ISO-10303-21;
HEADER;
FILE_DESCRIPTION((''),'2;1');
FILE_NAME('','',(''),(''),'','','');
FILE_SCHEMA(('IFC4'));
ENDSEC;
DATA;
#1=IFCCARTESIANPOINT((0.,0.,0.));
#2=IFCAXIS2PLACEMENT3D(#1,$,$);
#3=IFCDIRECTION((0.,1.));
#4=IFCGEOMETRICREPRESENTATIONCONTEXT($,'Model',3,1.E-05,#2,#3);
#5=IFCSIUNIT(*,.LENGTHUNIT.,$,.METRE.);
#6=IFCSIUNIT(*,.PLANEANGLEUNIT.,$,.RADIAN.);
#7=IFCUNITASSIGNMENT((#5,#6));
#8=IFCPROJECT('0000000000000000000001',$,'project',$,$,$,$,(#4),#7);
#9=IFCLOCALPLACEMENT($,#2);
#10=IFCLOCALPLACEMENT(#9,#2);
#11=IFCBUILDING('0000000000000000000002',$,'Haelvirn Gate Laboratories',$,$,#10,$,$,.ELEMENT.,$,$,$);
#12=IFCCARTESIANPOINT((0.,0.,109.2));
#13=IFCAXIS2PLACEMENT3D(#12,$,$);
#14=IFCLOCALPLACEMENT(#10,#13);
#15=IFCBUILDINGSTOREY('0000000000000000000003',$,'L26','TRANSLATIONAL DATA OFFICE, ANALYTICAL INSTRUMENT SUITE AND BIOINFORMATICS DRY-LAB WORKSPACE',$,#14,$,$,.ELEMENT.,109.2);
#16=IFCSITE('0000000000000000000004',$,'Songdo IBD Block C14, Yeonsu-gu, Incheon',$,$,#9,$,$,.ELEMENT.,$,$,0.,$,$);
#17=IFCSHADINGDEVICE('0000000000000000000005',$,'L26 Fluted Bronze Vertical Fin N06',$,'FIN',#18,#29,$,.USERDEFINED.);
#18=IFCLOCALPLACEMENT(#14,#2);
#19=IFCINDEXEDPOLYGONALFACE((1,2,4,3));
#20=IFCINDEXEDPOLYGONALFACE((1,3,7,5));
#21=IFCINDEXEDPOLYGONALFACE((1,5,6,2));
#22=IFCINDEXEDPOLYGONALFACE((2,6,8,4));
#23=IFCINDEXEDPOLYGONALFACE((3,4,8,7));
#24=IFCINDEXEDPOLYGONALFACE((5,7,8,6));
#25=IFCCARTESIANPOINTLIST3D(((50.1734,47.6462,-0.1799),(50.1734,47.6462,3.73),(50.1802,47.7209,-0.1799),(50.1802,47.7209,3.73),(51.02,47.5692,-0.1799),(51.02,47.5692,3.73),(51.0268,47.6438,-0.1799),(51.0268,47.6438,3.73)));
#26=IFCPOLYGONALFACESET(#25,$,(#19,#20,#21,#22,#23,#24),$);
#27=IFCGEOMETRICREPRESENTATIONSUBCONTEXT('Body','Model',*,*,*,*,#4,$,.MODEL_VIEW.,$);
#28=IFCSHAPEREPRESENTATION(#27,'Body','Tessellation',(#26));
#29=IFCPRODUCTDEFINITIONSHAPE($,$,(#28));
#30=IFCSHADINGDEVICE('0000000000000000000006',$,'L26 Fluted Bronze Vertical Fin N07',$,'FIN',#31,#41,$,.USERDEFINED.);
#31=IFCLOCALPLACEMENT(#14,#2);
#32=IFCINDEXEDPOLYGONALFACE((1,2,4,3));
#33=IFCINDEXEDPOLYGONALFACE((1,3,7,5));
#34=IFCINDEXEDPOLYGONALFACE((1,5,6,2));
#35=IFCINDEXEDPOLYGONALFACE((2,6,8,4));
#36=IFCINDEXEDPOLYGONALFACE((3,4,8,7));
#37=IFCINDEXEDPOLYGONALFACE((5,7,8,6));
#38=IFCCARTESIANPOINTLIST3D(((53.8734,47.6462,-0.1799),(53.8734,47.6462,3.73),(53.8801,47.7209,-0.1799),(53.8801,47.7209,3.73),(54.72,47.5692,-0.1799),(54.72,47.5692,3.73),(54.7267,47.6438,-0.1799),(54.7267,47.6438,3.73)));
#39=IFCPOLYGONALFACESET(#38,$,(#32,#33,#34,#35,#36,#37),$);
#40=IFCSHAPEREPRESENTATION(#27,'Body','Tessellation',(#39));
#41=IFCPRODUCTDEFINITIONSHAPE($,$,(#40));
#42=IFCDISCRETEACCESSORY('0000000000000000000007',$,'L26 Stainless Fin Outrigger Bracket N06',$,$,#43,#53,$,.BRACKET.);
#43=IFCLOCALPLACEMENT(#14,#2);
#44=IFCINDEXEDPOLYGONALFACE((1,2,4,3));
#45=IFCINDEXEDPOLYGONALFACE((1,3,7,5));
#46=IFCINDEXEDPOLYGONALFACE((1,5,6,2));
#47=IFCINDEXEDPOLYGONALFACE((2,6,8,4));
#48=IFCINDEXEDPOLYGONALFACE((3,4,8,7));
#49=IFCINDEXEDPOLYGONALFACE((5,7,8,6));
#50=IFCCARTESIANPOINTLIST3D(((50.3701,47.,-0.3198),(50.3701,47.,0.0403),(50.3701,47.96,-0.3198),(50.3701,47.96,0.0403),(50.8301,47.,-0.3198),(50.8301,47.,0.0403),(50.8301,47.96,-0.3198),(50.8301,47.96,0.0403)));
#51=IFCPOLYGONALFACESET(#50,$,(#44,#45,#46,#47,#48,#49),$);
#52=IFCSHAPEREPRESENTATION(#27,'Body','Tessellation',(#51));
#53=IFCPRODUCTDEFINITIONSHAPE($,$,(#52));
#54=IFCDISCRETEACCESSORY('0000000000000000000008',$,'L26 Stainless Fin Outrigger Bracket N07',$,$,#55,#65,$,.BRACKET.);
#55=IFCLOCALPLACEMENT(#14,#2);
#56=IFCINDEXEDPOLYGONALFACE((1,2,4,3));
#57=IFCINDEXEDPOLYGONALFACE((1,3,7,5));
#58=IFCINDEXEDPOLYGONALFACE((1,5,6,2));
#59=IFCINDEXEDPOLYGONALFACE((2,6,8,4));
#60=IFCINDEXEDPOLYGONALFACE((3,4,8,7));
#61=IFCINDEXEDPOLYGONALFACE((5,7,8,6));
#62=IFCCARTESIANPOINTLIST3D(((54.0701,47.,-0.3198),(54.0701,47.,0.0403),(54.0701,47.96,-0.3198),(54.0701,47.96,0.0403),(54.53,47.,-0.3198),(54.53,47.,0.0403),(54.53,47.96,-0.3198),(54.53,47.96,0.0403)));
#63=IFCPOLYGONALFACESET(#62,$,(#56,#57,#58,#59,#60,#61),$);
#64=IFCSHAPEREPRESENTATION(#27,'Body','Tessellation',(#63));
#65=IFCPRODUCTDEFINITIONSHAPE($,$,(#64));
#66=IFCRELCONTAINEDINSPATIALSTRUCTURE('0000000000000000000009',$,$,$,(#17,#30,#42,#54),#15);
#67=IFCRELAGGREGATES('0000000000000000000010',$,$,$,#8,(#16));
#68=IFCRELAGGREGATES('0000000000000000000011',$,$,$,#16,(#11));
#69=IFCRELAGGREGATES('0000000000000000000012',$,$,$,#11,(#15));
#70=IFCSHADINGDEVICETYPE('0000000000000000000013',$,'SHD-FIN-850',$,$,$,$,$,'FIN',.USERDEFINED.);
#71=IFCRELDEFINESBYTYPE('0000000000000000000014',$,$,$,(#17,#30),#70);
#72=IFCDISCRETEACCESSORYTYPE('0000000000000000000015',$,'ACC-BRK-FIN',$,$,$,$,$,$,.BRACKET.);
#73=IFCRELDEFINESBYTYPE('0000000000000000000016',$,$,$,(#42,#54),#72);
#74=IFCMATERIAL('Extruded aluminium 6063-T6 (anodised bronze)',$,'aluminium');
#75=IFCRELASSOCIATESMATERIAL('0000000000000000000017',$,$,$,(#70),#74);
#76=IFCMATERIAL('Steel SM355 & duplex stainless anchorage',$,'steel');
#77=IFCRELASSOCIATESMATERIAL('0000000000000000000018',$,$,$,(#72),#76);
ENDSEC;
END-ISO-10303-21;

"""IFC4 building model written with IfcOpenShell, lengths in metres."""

from ifc_helpers import new_model, si_unit, direction, frame, origin, origin_2d, place, context, subcontext, project, spatial, rectangle, extrude, source, transform, mapped, material, material_profile, profile_set, type_object, type_shapes, element, save


model = new_model("IFC4")

# Units and contexts
model_context = context("Model", 3, precision=1e-05, world=origin(), true_north=direction((0.0, 1.0)))
body_context = subcontext(model_context, "Body", "Model", "MODEL_VIEW")
ifc_project = project(units=[si_unit("LENGTHUNIT", "METRE"), si_unit("PLANEANGLEUNIT", "RADIAN")], contexts=[model_context])

# Site, building, storey
site_placement = place(None, origin())
site = spatial("IfcSite", under=ifc_project, at=site_placement, Name="Songdo IBD Block C14, Yeonsu-gu, Incheon", CompositionType="ELEMENT", RefElevation=0.0)
building_placement = place(site_placement, origin())
building = spatial("IfcBuilding", under=site, at=building_placement, Name="Haelvirn Gate Laboratories", CompositionType="ELEMENT")
storey_placement = place(building_placement, frame((0.0, 0.0, 109.2)))
storey = spatial("IfcBuildingStorey", under=building, at=storey_placement, Name="L26", Description="TRANSLATIONAL DATA OFFICE, ANALYTICAL INSTRUMENT SUITE AND BIOINFORMATICS DRY-LAB WORKSPACE", CompositionType="ELEMENT", Elevation=109.2)

# Shared definitions
ifc_material_1 = material(Name="Extruded aluminium 6063-T6 (anodised bronze)", Category="aluminium")

# Shading devices
ifc_material_profile_1 = material_profile(ifc_material_1, rectangle(XDim=0.075, YDim=0.8501, at=origin_2d()), Name="FIN-850x75")
ifc_profile_set_1 = profile_set([ifc_material_profile_1], Name="Extruded aluminium 6063-T6 (anodised bronze)")
shading_device_type = type_object("IfcShadingDeviceType", Name="SHD-FIN-850", ElementType="FIN", PredefinedType="USERDEFINED", material=ifc_profile_set_1)
shared_shape_1 = source(origin(), body_context, "Body", "SweptSolid", [
    extrude(rectangle(XDim=0.075, YDim=0.8501, at=origin_2d()), origin(), (0.0, 0.0, 1.0), 3.9099),
])
type_shapes(shading_device_type, [shared_shape_1])
for number, where, z_axis, x_axis, name in (
    (1, (50.6001, 47.645, -0.1799), (0.0, 0.0, 1.0), (0.090633, 0.995884, 0.0), "L26 Fluted Bronze Vertical Fin N06"),
    (2, (54.3, 47.645, -0.1799), (0.0, 0.0, 1.0), (0.090633, 0.995884, 0.0), "L26 Fluted Bronze Vertical Fin N07"),
):
    element("IfcShadingDevice", number, at=place(storey_placement, frame(where, z_axis=z_axis, x_axis=x_axis)), inside=storey, type_object=shading_device_type, Name=name, ObjectType="FIN", PredefinedType="USERDEFINED", context=body_context, shape_type="MappedRepresentation", body=[
        mapped(shared_shape_1, transform((0.0, 0.0, 0.0), scale=1.0)),
    ])

# Discrete accessories
ifc_material_2 = material(Name="Steel SM355 & duplex stainless anchorage", Category="steel")
discrete_accessory_type = type_object("IfcDiscreteAccessoryType", Name="ACC-BRK-FIN", PredefinedType="BRACKET", material=ifc_material_2)
shared_shape_2 = source(origin(), body_context, "Body", "SweptSolid", [
    extrude(rectangle(XDim=0.46, YDim=0.96, at=origin_2d()), origin(), (0.0, 0.0, 1.0), 0.3601),
])
type_shapes(discrete_accessory_type, [shared_shape_2])
for number, where, z_axis, x_axis, name in (
    (3, (50.6001, 47.48, -0.3198), (0.0, 0.0, 1.0), (1.0, 0.0, 0.0), "L26 Stainless Fin Outrigger Bracket N06"),
    (4, (54.3, 47.48, -0.3198), (0.0, 0.0, 1.0), (1.0, 0.0, 0.0), "L26 Stainless Fin Outrigger Bracket N07"),
):
    element("IfcDiscreteAccessory", number, at=place(storey_placement, frame(where, z_axis=z_axis, x_axis=x_axis)), inside=storey, type_object=discrete_accessory_type, Name=name, PredefinedType="BRACKET", context=body_context, shape_type="MappedRepresentation", body=[
        mapped(shared_shape_2, transform((0.0, 0.0, 0.0), scale=1.0)),
    ])

save(model, "model.ifc")
